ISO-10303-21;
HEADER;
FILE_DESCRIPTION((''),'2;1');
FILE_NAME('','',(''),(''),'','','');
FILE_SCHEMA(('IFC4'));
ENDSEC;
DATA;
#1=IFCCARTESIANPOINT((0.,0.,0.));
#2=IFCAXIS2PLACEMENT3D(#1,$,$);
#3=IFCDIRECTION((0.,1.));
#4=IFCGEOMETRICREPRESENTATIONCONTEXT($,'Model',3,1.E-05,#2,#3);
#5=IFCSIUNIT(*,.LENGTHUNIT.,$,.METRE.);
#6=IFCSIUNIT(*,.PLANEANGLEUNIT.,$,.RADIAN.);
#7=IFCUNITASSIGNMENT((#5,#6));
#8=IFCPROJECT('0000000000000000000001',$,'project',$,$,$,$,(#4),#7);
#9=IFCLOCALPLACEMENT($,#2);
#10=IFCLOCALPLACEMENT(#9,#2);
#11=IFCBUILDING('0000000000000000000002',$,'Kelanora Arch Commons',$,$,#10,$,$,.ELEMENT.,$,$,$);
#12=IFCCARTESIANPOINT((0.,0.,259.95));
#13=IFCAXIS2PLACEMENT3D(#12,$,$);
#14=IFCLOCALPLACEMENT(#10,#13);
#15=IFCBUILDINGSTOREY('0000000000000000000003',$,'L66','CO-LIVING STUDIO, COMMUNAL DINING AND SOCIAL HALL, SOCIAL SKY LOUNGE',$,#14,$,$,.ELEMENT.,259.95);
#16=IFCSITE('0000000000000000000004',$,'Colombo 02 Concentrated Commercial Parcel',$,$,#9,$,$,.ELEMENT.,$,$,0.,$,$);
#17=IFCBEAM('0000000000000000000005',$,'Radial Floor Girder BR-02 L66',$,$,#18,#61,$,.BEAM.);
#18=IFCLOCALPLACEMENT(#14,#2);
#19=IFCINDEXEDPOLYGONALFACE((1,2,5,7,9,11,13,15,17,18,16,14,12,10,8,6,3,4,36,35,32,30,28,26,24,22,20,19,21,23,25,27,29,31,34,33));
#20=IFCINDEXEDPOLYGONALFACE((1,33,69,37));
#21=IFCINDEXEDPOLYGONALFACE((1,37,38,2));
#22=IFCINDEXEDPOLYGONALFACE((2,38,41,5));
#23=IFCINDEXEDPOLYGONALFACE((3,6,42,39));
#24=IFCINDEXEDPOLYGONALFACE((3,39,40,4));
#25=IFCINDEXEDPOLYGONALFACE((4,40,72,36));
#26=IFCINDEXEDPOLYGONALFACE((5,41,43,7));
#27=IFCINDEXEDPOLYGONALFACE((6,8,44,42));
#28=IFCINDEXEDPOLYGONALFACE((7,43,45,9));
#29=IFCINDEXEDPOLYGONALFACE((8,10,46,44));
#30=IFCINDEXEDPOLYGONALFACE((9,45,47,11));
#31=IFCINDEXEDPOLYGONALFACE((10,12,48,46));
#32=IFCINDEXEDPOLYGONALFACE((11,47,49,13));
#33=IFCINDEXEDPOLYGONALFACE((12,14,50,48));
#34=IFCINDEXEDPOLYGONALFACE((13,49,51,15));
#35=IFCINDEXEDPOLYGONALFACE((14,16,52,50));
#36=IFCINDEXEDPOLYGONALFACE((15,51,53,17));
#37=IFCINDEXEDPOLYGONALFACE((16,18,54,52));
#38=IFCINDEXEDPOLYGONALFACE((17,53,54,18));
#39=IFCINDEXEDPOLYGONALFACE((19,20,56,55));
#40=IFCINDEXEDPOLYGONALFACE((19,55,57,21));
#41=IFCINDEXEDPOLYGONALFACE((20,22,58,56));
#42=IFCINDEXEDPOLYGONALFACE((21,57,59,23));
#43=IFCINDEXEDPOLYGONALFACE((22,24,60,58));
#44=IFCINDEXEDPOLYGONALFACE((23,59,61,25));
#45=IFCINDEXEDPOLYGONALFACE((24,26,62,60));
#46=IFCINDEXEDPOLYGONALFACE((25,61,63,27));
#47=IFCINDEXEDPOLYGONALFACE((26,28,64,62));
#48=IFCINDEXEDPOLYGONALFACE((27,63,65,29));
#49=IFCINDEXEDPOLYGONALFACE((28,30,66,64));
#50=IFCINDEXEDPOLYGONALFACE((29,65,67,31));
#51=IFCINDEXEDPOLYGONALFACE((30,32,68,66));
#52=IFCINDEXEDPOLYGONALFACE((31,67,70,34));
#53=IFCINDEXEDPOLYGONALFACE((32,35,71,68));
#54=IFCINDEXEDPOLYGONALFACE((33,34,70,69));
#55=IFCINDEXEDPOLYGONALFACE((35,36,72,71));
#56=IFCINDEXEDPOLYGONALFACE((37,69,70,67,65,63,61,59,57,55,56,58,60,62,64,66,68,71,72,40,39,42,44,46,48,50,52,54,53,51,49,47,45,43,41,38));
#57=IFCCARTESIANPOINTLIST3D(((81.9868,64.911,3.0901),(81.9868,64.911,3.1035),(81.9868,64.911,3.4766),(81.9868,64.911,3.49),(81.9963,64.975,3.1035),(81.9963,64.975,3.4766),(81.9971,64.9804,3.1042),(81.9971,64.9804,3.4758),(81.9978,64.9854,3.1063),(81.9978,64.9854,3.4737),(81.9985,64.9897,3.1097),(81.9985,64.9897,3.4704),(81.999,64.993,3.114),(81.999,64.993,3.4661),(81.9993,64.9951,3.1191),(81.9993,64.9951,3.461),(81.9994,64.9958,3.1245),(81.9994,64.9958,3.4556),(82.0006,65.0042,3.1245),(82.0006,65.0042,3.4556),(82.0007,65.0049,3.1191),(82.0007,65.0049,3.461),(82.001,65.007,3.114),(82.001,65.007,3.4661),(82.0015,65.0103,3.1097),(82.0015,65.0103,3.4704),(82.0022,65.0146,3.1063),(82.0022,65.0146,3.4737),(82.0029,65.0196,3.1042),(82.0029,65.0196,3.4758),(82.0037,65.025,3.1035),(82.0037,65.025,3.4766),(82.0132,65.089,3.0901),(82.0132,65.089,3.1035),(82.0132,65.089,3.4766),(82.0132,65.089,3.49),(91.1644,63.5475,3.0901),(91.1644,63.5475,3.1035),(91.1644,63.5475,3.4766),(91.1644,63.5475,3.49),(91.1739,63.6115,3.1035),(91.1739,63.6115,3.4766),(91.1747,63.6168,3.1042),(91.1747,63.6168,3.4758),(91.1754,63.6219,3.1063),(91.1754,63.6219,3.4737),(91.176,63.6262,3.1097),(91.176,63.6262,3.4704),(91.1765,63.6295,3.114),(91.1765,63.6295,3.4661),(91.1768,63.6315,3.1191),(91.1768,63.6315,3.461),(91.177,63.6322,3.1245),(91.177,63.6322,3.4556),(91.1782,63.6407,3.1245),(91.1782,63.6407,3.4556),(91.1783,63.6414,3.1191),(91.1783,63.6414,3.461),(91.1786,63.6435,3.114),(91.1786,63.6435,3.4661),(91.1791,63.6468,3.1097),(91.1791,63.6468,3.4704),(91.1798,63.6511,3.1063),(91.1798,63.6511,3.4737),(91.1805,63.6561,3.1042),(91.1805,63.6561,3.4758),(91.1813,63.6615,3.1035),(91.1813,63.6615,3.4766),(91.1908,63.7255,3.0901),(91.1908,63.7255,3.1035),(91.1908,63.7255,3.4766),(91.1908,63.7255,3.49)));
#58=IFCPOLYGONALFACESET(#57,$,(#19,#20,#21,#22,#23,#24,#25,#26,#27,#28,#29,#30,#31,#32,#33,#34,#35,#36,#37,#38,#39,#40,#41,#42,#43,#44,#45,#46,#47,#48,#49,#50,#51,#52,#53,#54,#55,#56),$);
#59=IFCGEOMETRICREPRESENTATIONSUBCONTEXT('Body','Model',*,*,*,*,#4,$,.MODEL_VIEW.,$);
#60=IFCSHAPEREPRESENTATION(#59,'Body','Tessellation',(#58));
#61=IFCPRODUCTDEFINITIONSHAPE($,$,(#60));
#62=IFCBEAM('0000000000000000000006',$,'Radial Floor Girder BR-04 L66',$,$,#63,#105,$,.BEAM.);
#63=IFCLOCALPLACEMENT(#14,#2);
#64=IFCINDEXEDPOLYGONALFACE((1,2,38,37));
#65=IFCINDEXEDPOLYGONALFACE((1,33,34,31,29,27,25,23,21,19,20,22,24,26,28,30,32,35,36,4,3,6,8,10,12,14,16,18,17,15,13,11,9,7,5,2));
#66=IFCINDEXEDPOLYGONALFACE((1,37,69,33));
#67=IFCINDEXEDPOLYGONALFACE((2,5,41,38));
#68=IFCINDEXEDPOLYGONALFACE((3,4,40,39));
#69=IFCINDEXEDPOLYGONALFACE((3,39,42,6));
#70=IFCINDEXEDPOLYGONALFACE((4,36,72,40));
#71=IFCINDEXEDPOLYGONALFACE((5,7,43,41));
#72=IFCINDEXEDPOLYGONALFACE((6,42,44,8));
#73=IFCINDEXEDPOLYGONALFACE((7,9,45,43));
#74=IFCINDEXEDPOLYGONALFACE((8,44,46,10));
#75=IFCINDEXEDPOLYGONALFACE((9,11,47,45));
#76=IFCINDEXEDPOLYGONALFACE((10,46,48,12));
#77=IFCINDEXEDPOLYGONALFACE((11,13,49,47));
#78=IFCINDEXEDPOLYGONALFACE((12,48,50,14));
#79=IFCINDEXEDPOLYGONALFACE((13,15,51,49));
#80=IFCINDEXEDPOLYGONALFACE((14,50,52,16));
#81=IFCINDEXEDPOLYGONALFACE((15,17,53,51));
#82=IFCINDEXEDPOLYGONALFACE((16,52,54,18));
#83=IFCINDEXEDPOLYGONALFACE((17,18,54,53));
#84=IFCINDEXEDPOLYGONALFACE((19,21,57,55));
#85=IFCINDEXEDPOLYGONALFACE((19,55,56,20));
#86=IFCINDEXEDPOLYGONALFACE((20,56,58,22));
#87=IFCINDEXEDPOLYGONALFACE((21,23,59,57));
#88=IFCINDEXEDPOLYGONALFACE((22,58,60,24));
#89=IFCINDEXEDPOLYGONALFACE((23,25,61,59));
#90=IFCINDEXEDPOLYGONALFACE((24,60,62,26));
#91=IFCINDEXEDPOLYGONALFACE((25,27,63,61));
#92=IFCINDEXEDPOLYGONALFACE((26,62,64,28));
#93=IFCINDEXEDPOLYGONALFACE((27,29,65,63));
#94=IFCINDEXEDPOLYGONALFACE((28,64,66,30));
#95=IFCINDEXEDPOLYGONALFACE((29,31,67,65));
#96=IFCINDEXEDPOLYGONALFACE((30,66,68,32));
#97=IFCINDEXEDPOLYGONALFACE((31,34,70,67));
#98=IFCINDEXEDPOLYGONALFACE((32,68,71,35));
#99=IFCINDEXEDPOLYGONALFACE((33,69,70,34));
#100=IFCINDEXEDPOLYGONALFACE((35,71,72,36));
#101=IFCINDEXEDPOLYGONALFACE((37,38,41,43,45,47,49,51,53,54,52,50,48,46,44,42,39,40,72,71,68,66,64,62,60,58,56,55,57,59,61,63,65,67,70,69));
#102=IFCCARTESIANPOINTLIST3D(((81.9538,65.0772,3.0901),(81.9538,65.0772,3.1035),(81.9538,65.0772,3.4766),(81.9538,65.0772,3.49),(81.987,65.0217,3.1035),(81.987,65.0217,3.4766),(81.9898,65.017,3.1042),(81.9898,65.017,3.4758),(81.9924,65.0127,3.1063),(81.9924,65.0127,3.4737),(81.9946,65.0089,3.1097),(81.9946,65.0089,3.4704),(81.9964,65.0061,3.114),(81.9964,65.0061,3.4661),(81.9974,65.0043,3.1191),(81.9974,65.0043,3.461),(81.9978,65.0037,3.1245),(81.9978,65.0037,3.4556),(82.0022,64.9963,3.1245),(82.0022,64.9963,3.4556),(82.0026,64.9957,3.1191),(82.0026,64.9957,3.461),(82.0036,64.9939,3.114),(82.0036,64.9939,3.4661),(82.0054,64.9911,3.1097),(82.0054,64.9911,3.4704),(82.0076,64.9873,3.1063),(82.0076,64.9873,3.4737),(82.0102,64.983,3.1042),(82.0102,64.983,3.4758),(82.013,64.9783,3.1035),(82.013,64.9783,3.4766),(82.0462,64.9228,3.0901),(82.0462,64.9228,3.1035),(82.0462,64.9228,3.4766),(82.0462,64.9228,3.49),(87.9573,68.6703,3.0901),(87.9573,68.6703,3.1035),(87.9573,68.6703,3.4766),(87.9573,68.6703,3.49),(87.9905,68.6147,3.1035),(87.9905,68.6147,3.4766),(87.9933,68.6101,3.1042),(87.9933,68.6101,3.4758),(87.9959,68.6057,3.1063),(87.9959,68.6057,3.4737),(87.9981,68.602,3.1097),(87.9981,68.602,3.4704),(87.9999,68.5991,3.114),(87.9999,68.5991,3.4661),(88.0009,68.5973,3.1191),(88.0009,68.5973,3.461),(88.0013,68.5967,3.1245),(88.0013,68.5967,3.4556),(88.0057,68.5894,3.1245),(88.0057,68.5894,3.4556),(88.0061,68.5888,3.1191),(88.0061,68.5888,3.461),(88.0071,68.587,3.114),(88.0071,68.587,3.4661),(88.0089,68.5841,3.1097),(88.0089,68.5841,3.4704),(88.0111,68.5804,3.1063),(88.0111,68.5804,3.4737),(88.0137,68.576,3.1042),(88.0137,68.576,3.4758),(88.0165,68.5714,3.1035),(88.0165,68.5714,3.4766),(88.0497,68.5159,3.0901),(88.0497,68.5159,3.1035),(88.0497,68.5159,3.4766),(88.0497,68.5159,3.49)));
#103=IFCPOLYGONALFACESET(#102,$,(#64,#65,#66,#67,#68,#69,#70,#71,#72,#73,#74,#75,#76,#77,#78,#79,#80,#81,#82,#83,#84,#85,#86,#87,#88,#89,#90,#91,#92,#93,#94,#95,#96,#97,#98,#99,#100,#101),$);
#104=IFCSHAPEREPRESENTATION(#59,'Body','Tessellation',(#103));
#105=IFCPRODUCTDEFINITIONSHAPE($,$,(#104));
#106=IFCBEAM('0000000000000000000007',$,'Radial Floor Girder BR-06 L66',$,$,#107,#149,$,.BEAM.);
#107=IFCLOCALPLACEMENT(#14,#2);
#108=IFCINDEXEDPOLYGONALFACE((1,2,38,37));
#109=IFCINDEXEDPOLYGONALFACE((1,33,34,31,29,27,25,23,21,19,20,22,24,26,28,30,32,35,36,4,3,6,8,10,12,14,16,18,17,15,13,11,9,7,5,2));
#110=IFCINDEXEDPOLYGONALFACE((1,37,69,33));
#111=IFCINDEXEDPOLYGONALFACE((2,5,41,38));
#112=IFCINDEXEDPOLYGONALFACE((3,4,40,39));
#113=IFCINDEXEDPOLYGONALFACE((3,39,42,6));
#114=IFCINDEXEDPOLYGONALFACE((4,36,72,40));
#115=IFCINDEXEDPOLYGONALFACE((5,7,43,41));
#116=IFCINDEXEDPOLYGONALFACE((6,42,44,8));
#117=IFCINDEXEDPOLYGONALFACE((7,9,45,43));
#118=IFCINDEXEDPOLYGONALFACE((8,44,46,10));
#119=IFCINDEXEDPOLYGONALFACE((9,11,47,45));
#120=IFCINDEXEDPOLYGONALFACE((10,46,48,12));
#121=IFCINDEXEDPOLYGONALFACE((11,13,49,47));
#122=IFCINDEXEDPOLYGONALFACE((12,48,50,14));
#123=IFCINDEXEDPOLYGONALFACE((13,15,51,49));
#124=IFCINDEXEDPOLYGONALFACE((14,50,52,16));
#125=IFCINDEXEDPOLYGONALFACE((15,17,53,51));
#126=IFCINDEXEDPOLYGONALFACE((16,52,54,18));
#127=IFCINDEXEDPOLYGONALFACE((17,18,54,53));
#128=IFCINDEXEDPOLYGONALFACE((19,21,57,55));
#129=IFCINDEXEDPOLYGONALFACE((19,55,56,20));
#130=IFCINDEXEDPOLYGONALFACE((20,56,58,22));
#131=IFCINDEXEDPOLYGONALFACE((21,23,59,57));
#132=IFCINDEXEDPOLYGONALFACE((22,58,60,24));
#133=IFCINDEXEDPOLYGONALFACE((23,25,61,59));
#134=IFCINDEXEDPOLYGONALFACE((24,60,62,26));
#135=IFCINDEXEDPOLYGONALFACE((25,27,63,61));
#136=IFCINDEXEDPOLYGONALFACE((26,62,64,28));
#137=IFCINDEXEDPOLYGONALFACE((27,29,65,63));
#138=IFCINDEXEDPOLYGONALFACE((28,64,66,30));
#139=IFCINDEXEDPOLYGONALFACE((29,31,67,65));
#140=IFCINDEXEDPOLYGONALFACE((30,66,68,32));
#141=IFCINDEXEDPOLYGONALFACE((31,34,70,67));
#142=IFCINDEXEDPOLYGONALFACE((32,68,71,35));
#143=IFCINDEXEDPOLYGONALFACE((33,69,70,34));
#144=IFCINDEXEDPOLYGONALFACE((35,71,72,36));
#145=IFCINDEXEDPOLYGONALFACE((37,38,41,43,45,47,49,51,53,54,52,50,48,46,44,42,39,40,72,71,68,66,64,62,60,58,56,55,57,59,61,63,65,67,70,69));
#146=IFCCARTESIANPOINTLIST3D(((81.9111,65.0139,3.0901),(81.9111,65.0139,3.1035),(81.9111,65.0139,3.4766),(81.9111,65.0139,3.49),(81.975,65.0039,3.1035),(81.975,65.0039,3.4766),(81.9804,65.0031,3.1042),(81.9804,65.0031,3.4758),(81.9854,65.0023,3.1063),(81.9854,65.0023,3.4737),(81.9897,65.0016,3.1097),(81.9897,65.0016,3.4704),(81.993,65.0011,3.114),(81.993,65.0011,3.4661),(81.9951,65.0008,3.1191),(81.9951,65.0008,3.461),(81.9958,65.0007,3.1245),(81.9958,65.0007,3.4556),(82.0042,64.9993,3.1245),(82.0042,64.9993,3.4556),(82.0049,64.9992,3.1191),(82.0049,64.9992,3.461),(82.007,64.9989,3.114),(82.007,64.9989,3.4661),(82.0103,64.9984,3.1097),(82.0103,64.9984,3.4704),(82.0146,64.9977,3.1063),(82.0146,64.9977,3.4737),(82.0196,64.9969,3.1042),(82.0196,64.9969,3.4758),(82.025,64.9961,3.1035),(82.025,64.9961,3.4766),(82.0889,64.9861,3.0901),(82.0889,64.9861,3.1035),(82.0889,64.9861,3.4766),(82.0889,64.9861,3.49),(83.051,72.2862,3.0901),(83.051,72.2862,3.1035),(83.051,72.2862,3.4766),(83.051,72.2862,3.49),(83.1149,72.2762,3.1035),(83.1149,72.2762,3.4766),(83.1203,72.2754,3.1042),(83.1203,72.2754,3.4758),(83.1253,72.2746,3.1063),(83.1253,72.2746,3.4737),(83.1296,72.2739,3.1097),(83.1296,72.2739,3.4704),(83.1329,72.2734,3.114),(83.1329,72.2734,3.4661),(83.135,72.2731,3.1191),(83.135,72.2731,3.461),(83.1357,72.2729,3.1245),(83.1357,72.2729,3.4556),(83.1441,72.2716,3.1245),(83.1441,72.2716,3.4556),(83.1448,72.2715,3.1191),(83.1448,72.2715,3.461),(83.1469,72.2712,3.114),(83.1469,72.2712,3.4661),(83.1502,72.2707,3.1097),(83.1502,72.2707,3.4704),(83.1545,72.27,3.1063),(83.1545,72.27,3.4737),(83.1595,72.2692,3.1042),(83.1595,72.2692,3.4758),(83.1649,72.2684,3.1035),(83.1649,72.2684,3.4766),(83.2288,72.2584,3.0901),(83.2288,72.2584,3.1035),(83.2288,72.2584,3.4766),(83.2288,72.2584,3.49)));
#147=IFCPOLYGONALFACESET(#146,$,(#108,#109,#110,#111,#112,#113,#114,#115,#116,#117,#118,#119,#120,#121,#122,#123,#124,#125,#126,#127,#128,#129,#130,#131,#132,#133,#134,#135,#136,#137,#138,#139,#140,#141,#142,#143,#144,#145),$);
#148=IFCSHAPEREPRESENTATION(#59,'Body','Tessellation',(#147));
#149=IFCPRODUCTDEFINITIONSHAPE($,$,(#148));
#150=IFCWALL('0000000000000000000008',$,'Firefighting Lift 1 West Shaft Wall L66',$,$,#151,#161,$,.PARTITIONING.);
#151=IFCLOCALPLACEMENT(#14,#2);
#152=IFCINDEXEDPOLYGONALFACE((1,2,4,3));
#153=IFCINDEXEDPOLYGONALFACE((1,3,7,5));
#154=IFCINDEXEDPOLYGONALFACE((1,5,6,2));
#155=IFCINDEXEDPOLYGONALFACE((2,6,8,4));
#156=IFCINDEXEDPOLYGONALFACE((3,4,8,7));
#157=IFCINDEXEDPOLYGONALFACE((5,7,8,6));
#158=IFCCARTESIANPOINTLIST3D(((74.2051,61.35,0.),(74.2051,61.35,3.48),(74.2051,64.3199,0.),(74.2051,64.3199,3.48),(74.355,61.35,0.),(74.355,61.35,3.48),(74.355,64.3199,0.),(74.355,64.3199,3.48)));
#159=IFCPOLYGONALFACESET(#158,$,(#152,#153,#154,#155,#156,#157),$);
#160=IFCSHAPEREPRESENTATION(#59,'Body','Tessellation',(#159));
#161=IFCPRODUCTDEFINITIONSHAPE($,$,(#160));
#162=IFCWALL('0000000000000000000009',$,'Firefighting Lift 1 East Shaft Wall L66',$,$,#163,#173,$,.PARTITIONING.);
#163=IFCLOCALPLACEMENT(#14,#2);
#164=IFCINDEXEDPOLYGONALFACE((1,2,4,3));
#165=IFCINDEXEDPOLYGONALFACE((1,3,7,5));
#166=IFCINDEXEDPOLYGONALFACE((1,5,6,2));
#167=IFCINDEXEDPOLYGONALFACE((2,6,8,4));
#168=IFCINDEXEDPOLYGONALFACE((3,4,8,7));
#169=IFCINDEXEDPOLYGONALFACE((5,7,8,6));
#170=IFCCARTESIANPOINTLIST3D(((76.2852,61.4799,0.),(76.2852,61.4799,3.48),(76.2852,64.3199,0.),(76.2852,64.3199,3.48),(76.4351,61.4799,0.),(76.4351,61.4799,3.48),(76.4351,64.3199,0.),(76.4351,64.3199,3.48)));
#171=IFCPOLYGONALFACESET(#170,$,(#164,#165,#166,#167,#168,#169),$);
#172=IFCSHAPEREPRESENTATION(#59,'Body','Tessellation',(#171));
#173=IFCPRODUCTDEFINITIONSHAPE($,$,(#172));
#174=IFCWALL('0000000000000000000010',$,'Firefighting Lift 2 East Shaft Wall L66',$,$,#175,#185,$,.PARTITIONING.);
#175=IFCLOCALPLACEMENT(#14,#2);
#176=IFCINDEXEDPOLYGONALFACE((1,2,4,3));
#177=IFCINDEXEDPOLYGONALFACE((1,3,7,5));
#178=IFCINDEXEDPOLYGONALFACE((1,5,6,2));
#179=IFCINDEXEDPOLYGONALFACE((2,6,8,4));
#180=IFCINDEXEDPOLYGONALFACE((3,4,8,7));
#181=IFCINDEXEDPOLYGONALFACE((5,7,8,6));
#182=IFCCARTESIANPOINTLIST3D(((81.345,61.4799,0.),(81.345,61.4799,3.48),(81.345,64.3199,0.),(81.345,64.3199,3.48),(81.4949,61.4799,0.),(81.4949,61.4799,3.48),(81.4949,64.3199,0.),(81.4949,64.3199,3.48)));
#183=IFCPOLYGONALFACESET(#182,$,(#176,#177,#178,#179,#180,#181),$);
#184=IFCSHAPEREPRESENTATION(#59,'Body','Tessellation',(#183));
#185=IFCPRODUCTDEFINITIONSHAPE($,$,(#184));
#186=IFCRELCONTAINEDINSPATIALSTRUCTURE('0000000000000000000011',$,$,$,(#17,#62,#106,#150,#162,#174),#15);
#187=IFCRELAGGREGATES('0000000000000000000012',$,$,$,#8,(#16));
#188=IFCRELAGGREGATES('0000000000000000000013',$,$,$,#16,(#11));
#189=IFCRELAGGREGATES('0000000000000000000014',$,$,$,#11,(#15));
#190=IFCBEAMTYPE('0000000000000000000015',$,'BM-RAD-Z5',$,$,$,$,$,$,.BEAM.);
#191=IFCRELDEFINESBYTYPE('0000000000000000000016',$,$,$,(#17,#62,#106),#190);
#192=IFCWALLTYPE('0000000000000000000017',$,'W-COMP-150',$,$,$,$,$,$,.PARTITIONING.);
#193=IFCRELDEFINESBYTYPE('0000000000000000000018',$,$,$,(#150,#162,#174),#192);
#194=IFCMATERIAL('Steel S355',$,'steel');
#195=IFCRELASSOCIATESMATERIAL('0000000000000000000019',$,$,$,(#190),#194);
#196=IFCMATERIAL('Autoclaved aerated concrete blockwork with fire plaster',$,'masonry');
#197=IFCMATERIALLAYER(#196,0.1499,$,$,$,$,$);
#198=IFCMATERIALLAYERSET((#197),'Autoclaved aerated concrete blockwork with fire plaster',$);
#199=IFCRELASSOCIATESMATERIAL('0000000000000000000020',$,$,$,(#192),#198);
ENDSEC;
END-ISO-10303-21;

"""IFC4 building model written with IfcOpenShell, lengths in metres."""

from ifc_helpers import new_model, si_unit, direction, frame, frame_2d, origin, origin_2d, place, context, subcontext, project, spatial, rectangle, i_section, extrude, material, layer, layer_set, material_profile, profile_set, type_object, element, save


model = new_model("IFC4")

# Units and contexts
model_context = context("Model", 3, precision=1e-05, world=origin(), true_north=direction((0.0, 1.0)))
body_context = subcontext(model_context, "Body", "Model", "MODEL_VIEW")
ifc_project = project(units=[si_unit("LENGTHUNIT", "METRE"), si_unit("PLANEANGLEUNIT", "RADIAN")], contexts=[model_context])

# Site, building, storey
site_placement = place(None, origin())
site = spatial("IfcSite", under=ifc_project, at=site_placement, Name="Colombo 02 Concentrated Commercial Parcel", CompositionType="ELEMENT", RefElevation=0.0)
building_placement = place(site_placement, origin())
building = spatial("IfcBuilding", under=site, at=building_placement, Name="Kelanora Arch Commons", CompositionType="ELEMENT")
storey_placement = place(building_placement, frame((0.0, 0.0, 259.95)))
storey = spatial("IfcBuildingStorey", under=building, at=storey_placement, Name="L66", Description="CO-LIVING STUDIO, COMMUNAL DINING AND SOCIAL HALL, SOCIAL SKY LOUNGE", CompositionType="ELEMENT", Elevation=259.95)

# Beams
ifc_material_1 = material(Name="Steel S355", Category="steel")
ifc_material_profile_1 = material_profile(ifc_material_1, i_section(OverallWidth=0.1799, OverallDepth=0.3999, WebThickness=0.0085, FlangeThickness=0.0134, FilletRadius=0.021, at=origin_2d()), Name="IPE400")
ifc_profile_set_1 = profile_set([ifc_material_profile_1], Name="Steel S355")
beam_type_1 = type_object("IfcBeamType", Name="BM-RAD-Z5", PredefinedType="BEAM", material=ifc_profile_set_1)
beam_1_placement = place(storey_placement, frame((82.0, 65.0, 3.29), z_axis=(0.989142, -0.14696, 0.0), x_axis=(0.14696, 0.989142, 0.0)))
element("IfcBeam", 1, at=beam_1_placement, inside=storey, type_object=beam_type_1, Name="Radial Floor Girder BR-02 L66", PredefinedType="BEAM", context=body_context, shape_type="SweptSolid", body=[
    extrude(i_section(OverallWidth=0.1799, OverallDepth=0.3999, WebThickness=0.0085, FlangeThickness=0.0134, FilletRadius=0.021, at=origin_2d()), origin(), (0.0, 0.0, 1.0), 9.2783),
])
beam_2_placement = place(storey_placement, frame((82.0, 65.0, 3.29), z_axis=(0.858062, 0.513546, 0.0), x_axis=(-0.513546, 0.858062, 0.0)))
element("IfcBeam", 2, at=beam_2_placement, inside=storey, type_object=beam_type_1, Name="Radial Floor Girder BR-04 L66", PredefinedType="BEAM", context=body_context, shape_type="SweptSolid", body=[
    extrude(i_section(OverallWidth=0.1799, OverallDepth=0.3999, WebThickness=0.0085, FlangeThickness=0.0134, FilletRadius=0.021, at=origin_2d()), origin(), (0.0, 0.0, 1.0), 6.9966),
])
beam_3_placement = place(storey_placement, frame((82.0, 65.0, 3.29), z_axis=(0.154855, 0.987937, 0.0), x_axis=(-0.987937, 0.154855, 0.0)))
element("IfcBeam", 3, at=beam_3_placement, inside=storey, type_object=beam_type_1, Name="Radial Floor Girder BR-06 L66", PredefinedType="BEAM", context=body_context, shape_type="SweptSolid", body=[
    extrude(i_section(OverallWidth=0.1799, OverallDepth=0.3999, WebThickness=0.0085, FlangeThickness=0.0134, FilletRadius=0.021, at=origin_2d()), origin(), (0.0, 0.0, 1.0), 7.3611),
])

# Walls
ifc_material_2 = material(Name="Autoclaved aerated concrete blockwork with fire plaster", Category="masonry")
ifc_layer_1 = layer(ifc_material_2, 0.1499)
ifc_layer_set_1 = layer_set([ifc_layer_1], Name="Autoclaved aerated concrete blockwork with fire plaster")
wall_type_1 = type_object("IfcWallType", Name="W-COMP-150", PredefinedType="PARTITIONING", material=ifc_layer_set_1)
wall_1_placement = place(storey_placement, frame((74.28, 61.3501, 0.0), z_axis=(0.0, 0.0, 1.0), x_axis=(0.0, 1.0, 0.0)))
element("IfcWall", 4, at=wall_1_placement, inside=storey, type_object=wall_type_1, Name="Firefighting Lift 1 West Shaft Wall L66", PredefinedType="PARTITIONING", context=body_context, shape_type="SweptSolid", body=[
    extrude(rectangle(XDim=2.97, YDim=0.1499, at=frame_2d((1.4849, 0.0))), origin(), (0.0, 0.0, 1.0), 3.48),
])
for number, where, z_axis, x_axis, name in (
    (5, (76.3601, 61.48, 0.0), (0.0, 0.0, 1.0), (0.0, 1.0, 0.0), "Firefighting Lift 1 East Shaft Wall L66"),
    (6, (81.4199, 61.48, 0.0), (0.0, 0.0, 1.0), (0.0, 1.0, 0.0), "Firefighting Lift 2 East Shaft Wall L66"),
):
    element("IfcWall", number, at=place(storey_placement, frame(where, z_axis=z_axis, x_axis=x_axis)), inside=storey, type_object=wall_type_1, Name=name, PredefinedType="PARTITIONING", context=body_context, shape_type="SweptSolid", body=[
        extrude(rectangle(XDim=2.8401, YDim=0.1499, at=frame_2d((1.4199, 0.0))), origin(), (0.0, 0.0, 1.0), 3.48),
    ])

save(model, "model.ifc")
